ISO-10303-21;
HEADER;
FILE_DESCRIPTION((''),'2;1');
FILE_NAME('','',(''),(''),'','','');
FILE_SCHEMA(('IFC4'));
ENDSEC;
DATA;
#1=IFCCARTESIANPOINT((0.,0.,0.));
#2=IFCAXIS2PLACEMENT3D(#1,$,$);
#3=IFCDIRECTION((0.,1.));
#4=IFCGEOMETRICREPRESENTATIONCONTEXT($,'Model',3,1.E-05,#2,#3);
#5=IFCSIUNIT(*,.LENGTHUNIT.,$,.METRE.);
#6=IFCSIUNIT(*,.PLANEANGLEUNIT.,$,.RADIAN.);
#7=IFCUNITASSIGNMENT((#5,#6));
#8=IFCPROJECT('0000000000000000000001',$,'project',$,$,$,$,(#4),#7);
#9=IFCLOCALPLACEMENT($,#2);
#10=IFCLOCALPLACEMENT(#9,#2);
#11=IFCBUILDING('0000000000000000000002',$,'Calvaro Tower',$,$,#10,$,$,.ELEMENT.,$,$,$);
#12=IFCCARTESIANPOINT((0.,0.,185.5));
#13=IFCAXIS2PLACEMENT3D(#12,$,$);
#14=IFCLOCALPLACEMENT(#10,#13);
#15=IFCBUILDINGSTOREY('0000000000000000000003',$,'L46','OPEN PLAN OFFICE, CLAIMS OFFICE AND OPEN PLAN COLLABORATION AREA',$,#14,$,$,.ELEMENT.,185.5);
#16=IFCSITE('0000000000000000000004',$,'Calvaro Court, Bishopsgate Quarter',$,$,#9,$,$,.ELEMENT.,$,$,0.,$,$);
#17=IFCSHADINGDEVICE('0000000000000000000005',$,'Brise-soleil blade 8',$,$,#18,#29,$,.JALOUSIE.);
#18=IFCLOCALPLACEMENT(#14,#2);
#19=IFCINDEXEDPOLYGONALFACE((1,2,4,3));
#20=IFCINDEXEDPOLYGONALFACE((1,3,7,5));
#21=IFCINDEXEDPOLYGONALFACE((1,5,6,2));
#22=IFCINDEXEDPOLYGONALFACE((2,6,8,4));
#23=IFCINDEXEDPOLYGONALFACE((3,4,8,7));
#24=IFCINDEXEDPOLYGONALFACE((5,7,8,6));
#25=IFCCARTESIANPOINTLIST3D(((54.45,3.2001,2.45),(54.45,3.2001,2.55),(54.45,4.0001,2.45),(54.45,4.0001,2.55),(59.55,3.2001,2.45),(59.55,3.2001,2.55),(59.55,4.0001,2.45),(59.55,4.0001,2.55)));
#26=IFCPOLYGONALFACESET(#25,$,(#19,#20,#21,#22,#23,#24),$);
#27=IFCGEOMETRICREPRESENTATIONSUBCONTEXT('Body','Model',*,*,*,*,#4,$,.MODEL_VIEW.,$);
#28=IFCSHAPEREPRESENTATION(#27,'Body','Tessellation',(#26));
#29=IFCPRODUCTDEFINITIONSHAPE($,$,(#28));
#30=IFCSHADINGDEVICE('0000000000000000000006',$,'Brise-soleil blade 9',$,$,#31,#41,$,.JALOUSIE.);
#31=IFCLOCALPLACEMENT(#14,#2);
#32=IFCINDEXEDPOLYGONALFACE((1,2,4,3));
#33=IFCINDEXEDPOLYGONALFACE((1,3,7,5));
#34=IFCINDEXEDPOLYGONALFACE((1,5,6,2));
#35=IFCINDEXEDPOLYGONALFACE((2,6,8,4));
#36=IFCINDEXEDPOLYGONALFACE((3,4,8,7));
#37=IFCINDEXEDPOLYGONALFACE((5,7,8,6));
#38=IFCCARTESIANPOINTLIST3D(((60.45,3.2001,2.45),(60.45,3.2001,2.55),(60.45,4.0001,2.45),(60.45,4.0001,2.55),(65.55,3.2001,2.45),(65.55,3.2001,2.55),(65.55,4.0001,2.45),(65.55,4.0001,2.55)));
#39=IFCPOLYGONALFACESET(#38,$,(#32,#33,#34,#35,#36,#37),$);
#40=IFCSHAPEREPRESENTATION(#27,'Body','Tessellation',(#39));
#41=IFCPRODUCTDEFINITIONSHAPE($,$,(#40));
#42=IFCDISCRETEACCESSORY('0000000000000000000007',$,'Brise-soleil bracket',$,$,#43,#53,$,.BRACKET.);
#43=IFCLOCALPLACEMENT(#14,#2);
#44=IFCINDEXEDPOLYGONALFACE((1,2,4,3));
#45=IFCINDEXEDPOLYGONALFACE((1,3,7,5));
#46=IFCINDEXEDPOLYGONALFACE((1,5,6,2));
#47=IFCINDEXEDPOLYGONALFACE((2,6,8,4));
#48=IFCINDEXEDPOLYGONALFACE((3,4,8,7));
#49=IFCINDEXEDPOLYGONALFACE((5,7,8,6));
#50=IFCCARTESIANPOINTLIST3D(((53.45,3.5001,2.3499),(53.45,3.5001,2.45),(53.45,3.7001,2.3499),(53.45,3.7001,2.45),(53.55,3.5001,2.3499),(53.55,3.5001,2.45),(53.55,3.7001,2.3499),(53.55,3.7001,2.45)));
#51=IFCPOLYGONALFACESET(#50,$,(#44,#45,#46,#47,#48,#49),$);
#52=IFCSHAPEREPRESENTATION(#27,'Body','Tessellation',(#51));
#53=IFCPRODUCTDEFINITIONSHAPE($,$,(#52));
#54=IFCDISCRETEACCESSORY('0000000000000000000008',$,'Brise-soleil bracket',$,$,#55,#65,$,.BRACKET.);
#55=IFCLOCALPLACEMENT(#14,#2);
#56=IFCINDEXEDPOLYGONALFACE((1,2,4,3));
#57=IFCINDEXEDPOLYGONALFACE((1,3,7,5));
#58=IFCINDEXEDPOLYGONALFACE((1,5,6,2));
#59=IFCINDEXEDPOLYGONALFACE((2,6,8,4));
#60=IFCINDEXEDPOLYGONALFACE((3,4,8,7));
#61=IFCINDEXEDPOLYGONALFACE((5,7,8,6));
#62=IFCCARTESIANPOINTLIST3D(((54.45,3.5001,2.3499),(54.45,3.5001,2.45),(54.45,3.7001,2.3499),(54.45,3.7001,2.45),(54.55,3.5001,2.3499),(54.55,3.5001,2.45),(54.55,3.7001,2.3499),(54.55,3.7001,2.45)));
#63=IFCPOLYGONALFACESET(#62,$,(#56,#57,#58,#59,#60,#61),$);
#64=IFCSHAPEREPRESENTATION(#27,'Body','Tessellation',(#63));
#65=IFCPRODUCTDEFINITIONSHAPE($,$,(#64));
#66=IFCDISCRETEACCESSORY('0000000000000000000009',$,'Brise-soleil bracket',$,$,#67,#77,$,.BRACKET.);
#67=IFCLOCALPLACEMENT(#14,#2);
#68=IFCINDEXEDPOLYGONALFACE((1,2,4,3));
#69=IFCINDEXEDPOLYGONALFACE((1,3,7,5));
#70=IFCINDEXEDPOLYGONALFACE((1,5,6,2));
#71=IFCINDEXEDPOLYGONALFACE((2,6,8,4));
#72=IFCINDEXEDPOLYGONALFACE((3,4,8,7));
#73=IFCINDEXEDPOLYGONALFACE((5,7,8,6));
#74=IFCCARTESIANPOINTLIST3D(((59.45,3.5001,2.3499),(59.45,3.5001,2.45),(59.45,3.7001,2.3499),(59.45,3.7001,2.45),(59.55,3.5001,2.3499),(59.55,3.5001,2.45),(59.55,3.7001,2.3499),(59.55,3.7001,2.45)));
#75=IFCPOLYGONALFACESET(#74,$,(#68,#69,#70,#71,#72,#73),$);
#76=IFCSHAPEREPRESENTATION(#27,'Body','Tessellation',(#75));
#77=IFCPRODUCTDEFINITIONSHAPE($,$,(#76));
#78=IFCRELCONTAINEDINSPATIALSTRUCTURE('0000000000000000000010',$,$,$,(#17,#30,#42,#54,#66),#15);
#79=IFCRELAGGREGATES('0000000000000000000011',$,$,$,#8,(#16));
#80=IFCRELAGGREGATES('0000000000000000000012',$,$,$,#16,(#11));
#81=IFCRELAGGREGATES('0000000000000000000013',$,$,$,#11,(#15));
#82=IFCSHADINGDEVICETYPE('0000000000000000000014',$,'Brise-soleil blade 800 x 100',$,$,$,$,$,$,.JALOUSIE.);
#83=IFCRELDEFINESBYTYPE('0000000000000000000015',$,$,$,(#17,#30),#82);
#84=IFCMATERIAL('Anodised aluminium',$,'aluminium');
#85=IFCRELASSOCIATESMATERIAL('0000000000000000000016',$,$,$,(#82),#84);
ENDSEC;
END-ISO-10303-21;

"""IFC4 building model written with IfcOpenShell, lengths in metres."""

from ifc_helpers import new_model, si_unit, direction, frame, origin, origin_2d, place, context, subcontext, project, spatial, rectangle, extrude, material, material_profile, profile_set, type_object, element, save


model = new_model("IFC4")

# Units and contexts
model_context = context("Model", 3, precision=1e-05, world=origin(), true_north=direction((0.0, 1.0)))
body_context = subcontext(model_context, "Body", "Model", "MODEL_VIEW")
ifc_project = project(units=[si_unit("LENGTHUNIT", "METRE"), si_unit("PLANEANGLEUNIT", "RADIAN")], contexts=[model_context])

# Site, building, storey
site_placement = place(None, origin())
site = spatial("IfcSite", under=ifc_project, at=site_placement, Name="Calvaro Court, Bishopsgate Quarter", CompositionType="ELEMENT", RefElevation=0.0)
building_placement = place(site_placement, origin())
building = spatial("IfcBuilding", under=site, at=building_placement, Name="Calvaro Tower", CompositionType="ELEMENT")
storey_placement = place(building_placement, frame((0.0, 0.0, 185.5)))
storey = spatial("IfcBuildingStorey", under=building, at=storey_placement, Name="L46", Description="OPEN PLAN OFFICE, CLAIMS OFFICE AND OPEN PLAN COLLABORATION AREA", CompositionType="ELEMENT", Elevation=185.5)

# Shading devices
ifc_material_1 = material(Name="Anodised aluminium", Category="aluminium")
ifc_material_profile_1 = material_profile(ifc_material_1, rectangle(XDim=0.8, YDim=0.1001, at=origin_2d()), Name="Brise-soleil blade 800 x 100")
ifc_profile_set_1 = profile_set([ifc_material_profile_1], Name="Anodised aluminium")
shading_device_type = type_object("IfcShadingDeviceType", Name="Brise-soleil blade 800 x 100", PredefinedType="JALOUSIE", material=ifc_profile_set_1)
for number, where, z_axis, x_axis, name in (
    (1, (54.45, 3.6001, 2.5), (1.0, 0.0, 0.0), (0.0, 1.0, 0.0), "Brise-soleil blade 8"),
    (2, (60.45, 3.6001, 2.5), (1.0, 0.0, 0.0), (0.0, 1.0, 0.0), "Brise-soleil blade 9"),
):
    element("IfcShadingDevice", number, at=place(storey_placement, frame(where, z_axis=z_axis, x_axis=x_axis)), inside=storey, type_object=shading_device_type, Name=name, PredefinedType="JALOUSIE", context=body_context, shape_type="SweptSolid", body=[
        extrude(rectangle(XDim=0.8, YDim=0.1001, at=origin_2d()), origin(), (0.0, 0.0, 1.0), 5.1001),
    ])

# Discrete accessories
for number, where, z_axis, x_axis, name in (
    (3, (53.5, 3.6001, 2.3499), (0.0, 0.0, 1.0), (1.0, 0.0, 0.0), "Brise-soleil bracket"),
    (4, (54.5, 3.6001, 2.3499), (0.0, 0.0, 1.0), (1.0, 0.0, 0.0), "Brise-soleil bracket"),
    (5, (59.5, 3.6001, 2.3499), (0.0, 0.0, 1.0), (1.0, 0.0, 0.0), "Brise-soleil bracket"),
):
    element("IfcDiscreteAccessory", number, at=place(storey_placement, frame(where, z_axis=z_axis, x_axis=x_axis)), inside=storey, Name=name, PredefinedType="BRACKET", context=body_context, shape_type="SweptSolid", body=[
        extrude(rectangle(XDim=0.1001, YDim=0.2, at=origin_2d()), origin(), (0.0, 0.0, 1.0), 0.1001),
    ])

save(model, "model.ifc")
